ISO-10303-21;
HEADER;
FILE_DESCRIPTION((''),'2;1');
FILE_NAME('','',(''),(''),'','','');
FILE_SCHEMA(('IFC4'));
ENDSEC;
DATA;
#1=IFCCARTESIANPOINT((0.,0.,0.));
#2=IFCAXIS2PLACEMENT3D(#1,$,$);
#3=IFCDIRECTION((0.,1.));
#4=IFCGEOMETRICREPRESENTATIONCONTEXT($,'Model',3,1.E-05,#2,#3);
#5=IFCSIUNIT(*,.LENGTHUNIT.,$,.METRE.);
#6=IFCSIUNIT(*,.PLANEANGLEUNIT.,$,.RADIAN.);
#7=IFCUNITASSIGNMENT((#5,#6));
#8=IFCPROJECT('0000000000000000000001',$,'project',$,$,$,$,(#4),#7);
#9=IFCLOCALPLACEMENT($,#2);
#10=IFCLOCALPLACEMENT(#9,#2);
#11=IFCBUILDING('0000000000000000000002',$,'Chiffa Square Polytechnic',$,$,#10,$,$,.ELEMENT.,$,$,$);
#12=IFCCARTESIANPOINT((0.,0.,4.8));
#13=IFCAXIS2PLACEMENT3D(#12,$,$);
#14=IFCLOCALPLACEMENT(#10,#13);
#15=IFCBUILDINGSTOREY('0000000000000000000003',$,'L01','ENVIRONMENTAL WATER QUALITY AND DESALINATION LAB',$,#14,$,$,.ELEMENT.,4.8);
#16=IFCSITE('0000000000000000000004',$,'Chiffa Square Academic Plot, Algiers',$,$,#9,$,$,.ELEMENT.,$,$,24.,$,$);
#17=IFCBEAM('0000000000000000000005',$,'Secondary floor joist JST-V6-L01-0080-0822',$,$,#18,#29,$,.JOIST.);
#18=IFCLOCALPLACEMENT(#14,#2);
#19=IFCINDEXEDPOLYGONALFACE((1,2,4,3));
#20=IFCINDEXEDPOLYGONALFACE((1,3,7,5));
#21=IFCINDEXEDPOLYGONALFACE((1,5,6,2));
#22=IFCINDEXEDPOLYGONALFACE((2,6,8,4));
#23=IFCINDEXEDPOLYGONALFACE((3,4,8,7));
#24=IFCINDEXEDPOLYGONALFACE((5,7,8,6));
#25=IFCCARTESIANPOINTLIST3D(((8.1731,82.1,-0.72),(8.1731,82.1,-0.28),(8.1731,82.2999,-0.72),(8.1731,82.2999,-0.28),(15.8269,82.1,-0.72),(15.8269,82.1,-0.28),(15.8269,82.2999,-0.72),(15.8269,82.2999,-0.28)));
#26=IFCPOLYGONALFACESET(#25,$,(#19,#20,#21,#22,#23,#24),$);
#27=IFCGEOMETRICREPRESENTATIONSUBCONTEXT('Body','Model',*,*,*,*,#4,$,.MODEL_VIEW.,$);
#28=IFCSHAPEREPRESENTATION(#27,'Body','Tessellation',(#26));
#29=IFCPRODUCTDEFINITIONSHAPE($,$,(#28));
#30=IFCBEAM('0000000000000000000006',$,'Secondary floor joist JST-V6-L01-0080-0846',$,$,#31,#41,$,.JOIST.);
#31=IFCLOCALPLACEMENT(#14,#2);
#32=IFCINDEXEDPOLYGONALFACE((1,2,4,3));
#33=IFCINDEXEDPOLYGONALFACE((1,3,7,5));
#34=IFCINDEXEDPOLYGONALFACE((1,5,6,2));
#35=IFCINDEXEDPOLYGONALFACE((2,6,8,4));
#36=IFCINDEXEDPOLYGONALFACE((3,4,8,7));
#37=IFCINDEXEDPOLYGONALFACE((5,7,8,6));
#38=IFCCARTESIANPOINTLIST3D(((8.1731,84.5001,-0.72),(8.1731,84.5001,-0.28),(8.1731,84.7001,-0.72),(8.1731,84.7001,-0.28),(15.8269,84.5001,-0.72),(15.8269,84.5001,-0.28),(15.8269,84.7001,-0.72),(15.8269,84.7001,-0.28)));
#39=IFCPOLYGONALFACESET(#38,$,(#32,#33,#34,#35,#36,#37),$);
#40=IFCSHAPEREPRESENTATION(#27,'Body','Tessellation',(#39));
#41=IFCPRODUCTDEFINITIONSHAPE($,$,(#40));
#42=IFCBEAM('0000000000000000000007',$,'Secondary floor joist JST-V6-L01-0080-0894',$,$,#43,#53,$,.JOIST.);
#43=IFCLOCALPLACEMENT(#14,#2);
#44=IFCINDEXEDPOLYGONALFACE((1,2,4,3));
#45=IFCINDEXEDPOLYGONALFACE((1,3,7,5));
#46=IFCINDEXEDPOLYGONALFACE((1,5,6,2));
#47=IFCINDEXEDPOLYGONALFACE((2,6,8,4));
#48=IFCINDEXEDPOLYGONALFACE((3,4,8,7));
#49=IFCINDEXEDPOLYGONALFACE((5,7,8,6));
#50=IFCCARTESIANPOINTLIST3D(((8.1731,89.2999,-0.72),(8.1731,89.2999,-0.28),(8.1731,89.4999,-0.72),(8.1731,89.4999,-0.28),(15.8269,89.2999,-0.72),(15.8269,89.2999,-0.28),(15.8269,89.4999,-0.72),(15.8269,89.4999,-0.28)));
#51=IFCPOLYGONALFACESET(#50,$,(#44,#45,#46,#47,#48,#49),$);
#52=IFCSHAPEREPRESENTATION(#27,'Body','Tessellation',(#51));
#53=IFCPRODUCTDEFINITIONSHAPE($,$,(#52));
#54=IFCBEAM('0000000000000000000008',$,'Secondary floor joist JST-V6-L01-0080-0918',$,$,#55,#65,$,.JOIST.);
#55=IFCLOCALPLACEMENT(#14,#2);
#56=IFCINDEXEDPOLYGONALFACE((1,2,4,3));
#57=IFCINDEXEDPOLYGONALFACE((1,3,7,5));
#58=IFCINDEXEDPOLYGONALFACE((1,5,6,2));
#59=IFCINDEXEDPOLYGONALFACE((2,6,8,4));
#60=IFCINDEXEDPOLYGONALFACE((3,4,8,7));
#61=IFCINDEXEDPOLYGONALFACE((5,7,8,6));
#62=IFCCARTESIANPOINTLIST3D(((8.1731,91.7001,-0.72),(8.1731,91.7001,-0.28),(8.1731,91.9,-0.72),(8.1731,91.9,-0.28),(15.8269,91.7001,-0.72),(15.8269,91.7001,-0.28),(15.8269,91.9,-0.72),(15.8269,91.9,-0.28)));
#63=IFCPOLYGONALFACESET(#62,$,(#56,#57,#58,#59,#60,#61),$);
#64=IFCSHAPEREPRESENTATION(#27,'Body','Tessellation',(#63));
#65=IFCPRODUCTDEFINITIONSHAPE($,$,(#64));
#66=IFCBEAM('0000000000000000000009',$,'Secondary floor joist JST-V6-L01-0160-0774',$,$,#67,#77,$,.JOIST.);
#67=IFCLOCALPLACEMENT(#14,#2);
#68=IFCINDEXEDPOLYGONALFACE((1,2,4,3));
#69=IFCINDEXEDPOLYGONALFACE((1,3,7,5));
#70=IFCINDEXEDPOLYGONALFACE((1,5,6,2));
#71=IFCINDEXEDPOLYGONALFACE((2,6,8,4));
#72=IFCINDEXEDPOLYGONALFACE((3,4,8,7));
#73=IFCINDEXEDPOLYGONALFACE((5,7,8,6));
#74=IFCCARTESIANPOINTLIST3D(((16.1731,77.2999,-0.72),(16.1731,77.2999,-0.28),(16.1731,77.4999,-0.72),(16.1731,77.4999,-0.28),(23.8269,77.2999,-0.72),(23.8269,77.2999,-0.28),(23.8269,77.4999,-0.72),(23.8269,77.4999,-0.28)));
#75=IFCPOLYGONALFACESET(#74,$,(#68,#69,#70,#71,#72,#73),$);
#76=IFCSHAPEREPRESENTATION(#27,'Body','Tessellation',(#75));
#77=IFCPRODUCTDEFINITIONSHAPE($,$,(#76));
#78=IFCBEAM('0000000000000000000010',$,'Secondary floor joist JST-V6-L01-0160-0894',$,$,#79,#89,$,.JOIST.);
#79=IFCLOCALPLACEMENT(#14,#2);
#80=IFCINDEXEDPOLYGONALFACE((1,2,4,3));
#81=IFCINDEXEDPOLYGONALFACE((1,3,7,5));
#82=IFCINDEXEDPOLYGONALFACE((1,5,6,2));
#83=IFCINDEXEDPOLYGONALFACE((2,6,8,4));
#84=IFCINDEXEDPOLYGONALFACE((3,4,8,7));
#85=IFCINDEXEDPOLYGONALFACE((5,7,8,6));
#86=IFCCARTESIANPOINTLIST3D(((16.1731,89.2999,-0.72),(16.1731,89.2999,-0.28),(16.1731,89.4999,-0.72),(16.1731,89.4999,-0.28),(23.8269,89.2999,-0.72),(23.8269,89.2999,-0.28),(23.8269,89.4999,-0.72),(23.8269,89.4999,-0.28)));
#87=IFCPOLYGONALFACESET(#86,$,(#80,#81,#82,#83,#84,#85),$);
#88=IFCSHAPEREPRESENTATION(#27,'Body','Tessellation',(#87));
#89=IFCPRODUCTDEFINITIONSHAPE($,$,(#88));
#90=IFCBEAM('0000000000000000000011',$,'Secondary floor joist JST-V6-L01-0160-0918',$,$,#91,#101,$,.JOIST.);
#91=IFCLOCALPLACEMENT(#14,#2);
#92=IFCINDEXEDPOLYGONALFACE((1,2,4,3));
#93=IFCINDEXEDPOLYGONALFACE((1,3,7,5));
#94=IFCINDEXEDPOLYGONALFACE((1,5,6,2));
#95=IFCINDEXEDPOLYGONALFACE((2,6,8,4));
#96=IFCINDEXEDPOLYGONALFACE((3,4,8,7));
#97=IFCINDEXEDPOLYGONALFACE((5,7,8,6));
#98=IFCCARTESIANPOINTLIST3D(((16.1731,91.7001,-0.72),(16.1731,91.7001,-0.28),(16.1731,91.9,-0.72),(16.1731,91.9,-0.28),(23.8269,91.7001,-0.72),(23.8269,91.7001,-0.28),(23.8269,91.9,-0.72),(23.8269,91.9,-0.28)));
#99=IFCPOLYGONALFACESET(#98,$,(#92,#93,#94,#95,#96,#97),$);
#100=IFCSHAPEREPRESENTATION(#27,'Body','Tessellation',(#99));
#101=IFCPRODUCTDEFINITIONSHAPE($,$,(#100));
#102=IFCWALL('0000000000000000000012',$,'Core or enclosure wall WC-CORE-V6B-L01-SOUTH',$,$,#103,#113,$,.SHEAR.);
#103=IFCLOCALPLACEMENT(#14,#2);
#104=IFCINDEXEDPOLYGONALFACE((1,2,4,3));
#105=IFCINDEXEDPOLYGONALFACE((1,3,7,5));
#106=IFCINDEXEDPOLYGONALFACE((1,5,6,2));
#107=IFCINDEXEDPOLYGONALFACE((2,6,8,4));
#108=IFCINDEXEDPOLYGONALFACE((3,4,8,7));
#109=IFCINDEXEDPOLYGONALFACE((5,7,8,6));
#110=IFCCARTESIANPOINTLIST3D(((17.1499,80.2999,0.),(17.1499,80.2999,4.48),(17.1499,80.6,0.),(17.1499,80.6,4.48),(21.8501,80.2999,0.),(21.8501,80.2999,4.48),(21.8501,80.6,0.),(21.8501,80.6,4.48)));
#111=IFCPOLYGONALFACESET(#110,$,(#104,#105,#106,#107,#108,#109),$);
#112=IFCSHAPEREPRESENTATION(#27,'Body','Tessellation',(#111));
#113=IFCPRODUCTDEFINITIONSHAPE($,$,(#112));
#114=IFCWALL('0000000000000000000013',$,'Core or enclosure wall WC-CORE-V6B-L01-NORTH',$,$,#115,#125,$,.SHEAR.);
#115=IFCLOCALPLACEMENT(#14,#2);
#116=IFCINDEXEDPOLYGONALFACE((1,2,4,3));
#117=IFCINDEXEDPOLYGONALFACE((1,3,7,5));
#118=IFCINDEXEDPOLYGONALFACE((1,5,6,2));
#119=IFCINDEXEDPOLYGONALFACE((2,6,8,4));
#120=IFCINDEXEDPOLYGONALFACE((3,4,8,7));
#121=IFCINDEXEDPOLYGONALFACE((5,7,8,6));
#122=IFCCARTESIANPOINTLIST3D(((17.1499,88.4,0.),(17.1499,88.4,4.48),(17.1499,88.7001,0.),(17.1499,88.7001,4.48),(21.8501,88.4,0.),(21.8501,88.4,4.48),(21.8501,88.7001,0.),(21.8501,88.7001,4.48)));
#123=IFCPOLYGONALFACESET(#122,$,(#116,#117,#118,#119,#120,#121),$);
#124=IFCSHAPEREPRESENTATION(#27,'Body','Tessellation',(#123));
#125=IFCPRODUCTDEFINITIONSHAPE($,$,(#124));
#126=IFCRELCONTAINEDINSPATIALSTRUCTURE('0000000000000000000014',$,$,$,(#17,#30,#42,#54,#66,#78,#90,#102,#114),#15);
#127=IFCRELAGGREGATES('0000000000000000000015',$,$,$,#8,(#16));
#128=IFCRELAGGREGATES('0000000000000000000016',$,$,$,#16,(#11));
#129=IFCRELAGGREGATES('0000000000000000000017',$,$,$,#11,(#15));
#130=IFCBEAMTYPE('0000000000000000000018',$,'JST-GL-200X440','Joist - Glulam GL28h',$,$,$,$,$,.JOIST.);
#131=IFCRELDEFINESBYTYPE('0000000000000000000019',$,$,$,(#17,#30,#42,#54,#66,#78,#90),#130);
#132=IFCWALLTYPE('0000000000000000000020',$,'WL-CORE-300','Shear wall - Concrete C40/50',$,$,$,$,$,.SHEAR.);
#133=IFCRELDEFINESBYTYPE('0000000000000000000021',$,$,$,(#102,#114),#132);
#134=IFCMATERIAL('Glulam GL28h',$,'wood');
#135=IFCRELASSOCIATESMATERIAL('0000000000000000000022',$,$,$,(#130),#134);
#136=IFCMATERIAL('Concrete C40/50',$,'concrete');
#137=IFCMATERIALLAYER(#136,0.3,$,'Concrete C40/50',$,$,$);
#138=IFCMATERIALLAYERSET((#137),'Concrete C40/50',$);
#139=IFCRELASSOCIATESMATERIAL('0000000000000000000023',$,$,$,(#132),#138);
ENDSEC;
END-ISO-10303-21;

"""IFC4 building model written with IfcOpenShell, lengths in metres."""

from ifc_helpers import new_model, si_unit, direction, frame, frame_2d, origin, origin_2d, place, context, subcontext, project, spatial, rectangle, extrude, material, layer, layer_set, material_profile, profile_set, type_object, element, save


model = new_model("IFC4")

# Units and contexts
model_context = context("Model", 3, precision=1e-05, world=origin(), true_north=direction((0.0, 1.0)))
body_context = subcontext(model_context, "Body", "Model", "MODEL_VIEW")
ifc_project = project(units=[si_unit("LENGTHUNIT", "METRE"), si_unit("PLANEANGLEUNIT", "RADIAN")], contexts=[model_context])

# Site, building, storey
site_placement = place(None, origin())
site = spatial("IfcSite", under=ifc_project, at=site_placement, Name="Chiffa Square Academic Plot, Algiers", CompositionType="ELEMENT", RefElevation=24.0)
building_placement = place(site_placement, origin())
building = spatial("IfcBuilding", under=site, at=building_placement, Name="Chiffa Square Polytechnic", CompositionType="ELEMENT")
storey_placement = place(building_placement, frame((0.0, 0.0, 4.8)))
storey = spatial("IfcBuildingStorey", under=building, at=storey_placement, Name="L01", Description="ENVIRONMENTAL WATER QUALITY AND DESALINATION LAB", CompositionType="ELEMENT", Elevation=4.8)

# Beams
ifc_material_1 = material(Name="Glulam GL28h", Category="wood")
ifc_material_profile_1 = material_profile(ifc_material_1, rectangle(XDim=0.2, YDim=0.4399, at=origin_2d()), Name="GL28h 200x440")
ifc_profile_set_1 = profile_set([ifc_material_profile_1], Name="Glulam GL28h")
beam_type_1 = type_object("IfcBeamType", Name="JST-GL-200X440", Description="Joist - Glulam GL28h", PredefinedType="JOIST", material=ifc_profile_set_1)
for number, where, z_axis, x_axis, name in (
    (1, (8.1731, 82.2, -0.5), (1.0, 0.0, 0.0), (0.0, 1.0, 0.0), "Secondary floor joist JST-V6-L01-0080-0822"),
    (2, (8.1731, 84.6001, -0.5), (1.0, 0.0, 0.0), (0.0, 1.0, 0.0), "Secondary floor joist JST-V6-L01-0080-0846"),
    (3, (8.1731, 89.3999, -0.5), (1.0, 0.0, 0.0), (0.0, 1.0, 0.0), "Secondary floor joist JST-V6-L01-0080-0894"),
    (4, (8.1731, 91.8, -0.5), (1.0, 0.0, 0.0), (0.0, 1.0, 0.0), "Secondary floor joist JST-V6-L01-0080-0918"),
    (5, (16.1731, 77.3999, -0.5), (1.0, 0.0, 0.0), (0.0, 1.0, 0.0), "Secondary floor joist JST-V6-L01-0160-0774"),
    (6, (16.1731, 89.3999, -0.5), (1.0, 0.0, 0.0), (0.0, 1.0, 0.0), "Secondary floor joist JST-V6-L01-0160-0894"),
    (7, (16.1731, 91.8, -0.5), (1.0, 0.0, 0.0), (0.0, 1.0, 0.0), "Secondary floor joist JST-V6-L01-0160-0918"),
):
    element("IfcBeam", number, at=place(storey_placement, frame(where, z_axis=z_axis, x_axis=x_axis)), inside=storey, type_object=beam_type_1, Name=name, PredefinedType="JOIST", context=body_context, shape_type="SweptSolid", body=[
        extrude(rectangle(XDim=0.2, YDim=0.4399, at=origin_2d()), origin(), (0.0, 0.0, 1.0), 7.6538),
    ])

# Walls
ifc_material_2 = material(Name="Concrete C40/50", Category="concrete")
ifc_layer = layer(ifc_material_2, 0.3, Name="Concrete C40/50")
ifc_layer_set = layer_set([ifc_layer], Name="Concrete C40/50")
wall_type = type_object("IfcWallType", Name="WL-CORE-300", Description="Shear wall - Concrete C40/50", PredefinedType="SHEAR", material=ifc_layer_set)
for number, where, z_axis, x_axis, name in (
    (8, (17.1499, 80.45, 0.0), (0.0, 0.0, 1.0), (1.0, 0.0, 0.0), "Core or enclosure wall WC-CORE-V6B-L01-SOUTH"),
    (9, (17.1499, 88.55, 0.0), (0.0, 0.0, 1.0), (1.0, 0.0, 0.0), "Core or enclosure wall WC-CORE-V6B-L01-NORTH"),
):
    element("IfcWall", number, at=place(storey_placement, frame(where, z_axis=z_axis, x_axis=x_axis)), inside=storey, type_object=wall_type, Name=name, PredefinedType="SHEAR", context=body_context, shape_type="SweptSolid", body=[
        extrude(rectangle(XDim=4.7002, YDim=0.3, at=frame_2d((2.3501, 0.0))), origin(), (0.0, 0.0, 1.0), 4.48),
    ])

save(model, "model.ifc")
